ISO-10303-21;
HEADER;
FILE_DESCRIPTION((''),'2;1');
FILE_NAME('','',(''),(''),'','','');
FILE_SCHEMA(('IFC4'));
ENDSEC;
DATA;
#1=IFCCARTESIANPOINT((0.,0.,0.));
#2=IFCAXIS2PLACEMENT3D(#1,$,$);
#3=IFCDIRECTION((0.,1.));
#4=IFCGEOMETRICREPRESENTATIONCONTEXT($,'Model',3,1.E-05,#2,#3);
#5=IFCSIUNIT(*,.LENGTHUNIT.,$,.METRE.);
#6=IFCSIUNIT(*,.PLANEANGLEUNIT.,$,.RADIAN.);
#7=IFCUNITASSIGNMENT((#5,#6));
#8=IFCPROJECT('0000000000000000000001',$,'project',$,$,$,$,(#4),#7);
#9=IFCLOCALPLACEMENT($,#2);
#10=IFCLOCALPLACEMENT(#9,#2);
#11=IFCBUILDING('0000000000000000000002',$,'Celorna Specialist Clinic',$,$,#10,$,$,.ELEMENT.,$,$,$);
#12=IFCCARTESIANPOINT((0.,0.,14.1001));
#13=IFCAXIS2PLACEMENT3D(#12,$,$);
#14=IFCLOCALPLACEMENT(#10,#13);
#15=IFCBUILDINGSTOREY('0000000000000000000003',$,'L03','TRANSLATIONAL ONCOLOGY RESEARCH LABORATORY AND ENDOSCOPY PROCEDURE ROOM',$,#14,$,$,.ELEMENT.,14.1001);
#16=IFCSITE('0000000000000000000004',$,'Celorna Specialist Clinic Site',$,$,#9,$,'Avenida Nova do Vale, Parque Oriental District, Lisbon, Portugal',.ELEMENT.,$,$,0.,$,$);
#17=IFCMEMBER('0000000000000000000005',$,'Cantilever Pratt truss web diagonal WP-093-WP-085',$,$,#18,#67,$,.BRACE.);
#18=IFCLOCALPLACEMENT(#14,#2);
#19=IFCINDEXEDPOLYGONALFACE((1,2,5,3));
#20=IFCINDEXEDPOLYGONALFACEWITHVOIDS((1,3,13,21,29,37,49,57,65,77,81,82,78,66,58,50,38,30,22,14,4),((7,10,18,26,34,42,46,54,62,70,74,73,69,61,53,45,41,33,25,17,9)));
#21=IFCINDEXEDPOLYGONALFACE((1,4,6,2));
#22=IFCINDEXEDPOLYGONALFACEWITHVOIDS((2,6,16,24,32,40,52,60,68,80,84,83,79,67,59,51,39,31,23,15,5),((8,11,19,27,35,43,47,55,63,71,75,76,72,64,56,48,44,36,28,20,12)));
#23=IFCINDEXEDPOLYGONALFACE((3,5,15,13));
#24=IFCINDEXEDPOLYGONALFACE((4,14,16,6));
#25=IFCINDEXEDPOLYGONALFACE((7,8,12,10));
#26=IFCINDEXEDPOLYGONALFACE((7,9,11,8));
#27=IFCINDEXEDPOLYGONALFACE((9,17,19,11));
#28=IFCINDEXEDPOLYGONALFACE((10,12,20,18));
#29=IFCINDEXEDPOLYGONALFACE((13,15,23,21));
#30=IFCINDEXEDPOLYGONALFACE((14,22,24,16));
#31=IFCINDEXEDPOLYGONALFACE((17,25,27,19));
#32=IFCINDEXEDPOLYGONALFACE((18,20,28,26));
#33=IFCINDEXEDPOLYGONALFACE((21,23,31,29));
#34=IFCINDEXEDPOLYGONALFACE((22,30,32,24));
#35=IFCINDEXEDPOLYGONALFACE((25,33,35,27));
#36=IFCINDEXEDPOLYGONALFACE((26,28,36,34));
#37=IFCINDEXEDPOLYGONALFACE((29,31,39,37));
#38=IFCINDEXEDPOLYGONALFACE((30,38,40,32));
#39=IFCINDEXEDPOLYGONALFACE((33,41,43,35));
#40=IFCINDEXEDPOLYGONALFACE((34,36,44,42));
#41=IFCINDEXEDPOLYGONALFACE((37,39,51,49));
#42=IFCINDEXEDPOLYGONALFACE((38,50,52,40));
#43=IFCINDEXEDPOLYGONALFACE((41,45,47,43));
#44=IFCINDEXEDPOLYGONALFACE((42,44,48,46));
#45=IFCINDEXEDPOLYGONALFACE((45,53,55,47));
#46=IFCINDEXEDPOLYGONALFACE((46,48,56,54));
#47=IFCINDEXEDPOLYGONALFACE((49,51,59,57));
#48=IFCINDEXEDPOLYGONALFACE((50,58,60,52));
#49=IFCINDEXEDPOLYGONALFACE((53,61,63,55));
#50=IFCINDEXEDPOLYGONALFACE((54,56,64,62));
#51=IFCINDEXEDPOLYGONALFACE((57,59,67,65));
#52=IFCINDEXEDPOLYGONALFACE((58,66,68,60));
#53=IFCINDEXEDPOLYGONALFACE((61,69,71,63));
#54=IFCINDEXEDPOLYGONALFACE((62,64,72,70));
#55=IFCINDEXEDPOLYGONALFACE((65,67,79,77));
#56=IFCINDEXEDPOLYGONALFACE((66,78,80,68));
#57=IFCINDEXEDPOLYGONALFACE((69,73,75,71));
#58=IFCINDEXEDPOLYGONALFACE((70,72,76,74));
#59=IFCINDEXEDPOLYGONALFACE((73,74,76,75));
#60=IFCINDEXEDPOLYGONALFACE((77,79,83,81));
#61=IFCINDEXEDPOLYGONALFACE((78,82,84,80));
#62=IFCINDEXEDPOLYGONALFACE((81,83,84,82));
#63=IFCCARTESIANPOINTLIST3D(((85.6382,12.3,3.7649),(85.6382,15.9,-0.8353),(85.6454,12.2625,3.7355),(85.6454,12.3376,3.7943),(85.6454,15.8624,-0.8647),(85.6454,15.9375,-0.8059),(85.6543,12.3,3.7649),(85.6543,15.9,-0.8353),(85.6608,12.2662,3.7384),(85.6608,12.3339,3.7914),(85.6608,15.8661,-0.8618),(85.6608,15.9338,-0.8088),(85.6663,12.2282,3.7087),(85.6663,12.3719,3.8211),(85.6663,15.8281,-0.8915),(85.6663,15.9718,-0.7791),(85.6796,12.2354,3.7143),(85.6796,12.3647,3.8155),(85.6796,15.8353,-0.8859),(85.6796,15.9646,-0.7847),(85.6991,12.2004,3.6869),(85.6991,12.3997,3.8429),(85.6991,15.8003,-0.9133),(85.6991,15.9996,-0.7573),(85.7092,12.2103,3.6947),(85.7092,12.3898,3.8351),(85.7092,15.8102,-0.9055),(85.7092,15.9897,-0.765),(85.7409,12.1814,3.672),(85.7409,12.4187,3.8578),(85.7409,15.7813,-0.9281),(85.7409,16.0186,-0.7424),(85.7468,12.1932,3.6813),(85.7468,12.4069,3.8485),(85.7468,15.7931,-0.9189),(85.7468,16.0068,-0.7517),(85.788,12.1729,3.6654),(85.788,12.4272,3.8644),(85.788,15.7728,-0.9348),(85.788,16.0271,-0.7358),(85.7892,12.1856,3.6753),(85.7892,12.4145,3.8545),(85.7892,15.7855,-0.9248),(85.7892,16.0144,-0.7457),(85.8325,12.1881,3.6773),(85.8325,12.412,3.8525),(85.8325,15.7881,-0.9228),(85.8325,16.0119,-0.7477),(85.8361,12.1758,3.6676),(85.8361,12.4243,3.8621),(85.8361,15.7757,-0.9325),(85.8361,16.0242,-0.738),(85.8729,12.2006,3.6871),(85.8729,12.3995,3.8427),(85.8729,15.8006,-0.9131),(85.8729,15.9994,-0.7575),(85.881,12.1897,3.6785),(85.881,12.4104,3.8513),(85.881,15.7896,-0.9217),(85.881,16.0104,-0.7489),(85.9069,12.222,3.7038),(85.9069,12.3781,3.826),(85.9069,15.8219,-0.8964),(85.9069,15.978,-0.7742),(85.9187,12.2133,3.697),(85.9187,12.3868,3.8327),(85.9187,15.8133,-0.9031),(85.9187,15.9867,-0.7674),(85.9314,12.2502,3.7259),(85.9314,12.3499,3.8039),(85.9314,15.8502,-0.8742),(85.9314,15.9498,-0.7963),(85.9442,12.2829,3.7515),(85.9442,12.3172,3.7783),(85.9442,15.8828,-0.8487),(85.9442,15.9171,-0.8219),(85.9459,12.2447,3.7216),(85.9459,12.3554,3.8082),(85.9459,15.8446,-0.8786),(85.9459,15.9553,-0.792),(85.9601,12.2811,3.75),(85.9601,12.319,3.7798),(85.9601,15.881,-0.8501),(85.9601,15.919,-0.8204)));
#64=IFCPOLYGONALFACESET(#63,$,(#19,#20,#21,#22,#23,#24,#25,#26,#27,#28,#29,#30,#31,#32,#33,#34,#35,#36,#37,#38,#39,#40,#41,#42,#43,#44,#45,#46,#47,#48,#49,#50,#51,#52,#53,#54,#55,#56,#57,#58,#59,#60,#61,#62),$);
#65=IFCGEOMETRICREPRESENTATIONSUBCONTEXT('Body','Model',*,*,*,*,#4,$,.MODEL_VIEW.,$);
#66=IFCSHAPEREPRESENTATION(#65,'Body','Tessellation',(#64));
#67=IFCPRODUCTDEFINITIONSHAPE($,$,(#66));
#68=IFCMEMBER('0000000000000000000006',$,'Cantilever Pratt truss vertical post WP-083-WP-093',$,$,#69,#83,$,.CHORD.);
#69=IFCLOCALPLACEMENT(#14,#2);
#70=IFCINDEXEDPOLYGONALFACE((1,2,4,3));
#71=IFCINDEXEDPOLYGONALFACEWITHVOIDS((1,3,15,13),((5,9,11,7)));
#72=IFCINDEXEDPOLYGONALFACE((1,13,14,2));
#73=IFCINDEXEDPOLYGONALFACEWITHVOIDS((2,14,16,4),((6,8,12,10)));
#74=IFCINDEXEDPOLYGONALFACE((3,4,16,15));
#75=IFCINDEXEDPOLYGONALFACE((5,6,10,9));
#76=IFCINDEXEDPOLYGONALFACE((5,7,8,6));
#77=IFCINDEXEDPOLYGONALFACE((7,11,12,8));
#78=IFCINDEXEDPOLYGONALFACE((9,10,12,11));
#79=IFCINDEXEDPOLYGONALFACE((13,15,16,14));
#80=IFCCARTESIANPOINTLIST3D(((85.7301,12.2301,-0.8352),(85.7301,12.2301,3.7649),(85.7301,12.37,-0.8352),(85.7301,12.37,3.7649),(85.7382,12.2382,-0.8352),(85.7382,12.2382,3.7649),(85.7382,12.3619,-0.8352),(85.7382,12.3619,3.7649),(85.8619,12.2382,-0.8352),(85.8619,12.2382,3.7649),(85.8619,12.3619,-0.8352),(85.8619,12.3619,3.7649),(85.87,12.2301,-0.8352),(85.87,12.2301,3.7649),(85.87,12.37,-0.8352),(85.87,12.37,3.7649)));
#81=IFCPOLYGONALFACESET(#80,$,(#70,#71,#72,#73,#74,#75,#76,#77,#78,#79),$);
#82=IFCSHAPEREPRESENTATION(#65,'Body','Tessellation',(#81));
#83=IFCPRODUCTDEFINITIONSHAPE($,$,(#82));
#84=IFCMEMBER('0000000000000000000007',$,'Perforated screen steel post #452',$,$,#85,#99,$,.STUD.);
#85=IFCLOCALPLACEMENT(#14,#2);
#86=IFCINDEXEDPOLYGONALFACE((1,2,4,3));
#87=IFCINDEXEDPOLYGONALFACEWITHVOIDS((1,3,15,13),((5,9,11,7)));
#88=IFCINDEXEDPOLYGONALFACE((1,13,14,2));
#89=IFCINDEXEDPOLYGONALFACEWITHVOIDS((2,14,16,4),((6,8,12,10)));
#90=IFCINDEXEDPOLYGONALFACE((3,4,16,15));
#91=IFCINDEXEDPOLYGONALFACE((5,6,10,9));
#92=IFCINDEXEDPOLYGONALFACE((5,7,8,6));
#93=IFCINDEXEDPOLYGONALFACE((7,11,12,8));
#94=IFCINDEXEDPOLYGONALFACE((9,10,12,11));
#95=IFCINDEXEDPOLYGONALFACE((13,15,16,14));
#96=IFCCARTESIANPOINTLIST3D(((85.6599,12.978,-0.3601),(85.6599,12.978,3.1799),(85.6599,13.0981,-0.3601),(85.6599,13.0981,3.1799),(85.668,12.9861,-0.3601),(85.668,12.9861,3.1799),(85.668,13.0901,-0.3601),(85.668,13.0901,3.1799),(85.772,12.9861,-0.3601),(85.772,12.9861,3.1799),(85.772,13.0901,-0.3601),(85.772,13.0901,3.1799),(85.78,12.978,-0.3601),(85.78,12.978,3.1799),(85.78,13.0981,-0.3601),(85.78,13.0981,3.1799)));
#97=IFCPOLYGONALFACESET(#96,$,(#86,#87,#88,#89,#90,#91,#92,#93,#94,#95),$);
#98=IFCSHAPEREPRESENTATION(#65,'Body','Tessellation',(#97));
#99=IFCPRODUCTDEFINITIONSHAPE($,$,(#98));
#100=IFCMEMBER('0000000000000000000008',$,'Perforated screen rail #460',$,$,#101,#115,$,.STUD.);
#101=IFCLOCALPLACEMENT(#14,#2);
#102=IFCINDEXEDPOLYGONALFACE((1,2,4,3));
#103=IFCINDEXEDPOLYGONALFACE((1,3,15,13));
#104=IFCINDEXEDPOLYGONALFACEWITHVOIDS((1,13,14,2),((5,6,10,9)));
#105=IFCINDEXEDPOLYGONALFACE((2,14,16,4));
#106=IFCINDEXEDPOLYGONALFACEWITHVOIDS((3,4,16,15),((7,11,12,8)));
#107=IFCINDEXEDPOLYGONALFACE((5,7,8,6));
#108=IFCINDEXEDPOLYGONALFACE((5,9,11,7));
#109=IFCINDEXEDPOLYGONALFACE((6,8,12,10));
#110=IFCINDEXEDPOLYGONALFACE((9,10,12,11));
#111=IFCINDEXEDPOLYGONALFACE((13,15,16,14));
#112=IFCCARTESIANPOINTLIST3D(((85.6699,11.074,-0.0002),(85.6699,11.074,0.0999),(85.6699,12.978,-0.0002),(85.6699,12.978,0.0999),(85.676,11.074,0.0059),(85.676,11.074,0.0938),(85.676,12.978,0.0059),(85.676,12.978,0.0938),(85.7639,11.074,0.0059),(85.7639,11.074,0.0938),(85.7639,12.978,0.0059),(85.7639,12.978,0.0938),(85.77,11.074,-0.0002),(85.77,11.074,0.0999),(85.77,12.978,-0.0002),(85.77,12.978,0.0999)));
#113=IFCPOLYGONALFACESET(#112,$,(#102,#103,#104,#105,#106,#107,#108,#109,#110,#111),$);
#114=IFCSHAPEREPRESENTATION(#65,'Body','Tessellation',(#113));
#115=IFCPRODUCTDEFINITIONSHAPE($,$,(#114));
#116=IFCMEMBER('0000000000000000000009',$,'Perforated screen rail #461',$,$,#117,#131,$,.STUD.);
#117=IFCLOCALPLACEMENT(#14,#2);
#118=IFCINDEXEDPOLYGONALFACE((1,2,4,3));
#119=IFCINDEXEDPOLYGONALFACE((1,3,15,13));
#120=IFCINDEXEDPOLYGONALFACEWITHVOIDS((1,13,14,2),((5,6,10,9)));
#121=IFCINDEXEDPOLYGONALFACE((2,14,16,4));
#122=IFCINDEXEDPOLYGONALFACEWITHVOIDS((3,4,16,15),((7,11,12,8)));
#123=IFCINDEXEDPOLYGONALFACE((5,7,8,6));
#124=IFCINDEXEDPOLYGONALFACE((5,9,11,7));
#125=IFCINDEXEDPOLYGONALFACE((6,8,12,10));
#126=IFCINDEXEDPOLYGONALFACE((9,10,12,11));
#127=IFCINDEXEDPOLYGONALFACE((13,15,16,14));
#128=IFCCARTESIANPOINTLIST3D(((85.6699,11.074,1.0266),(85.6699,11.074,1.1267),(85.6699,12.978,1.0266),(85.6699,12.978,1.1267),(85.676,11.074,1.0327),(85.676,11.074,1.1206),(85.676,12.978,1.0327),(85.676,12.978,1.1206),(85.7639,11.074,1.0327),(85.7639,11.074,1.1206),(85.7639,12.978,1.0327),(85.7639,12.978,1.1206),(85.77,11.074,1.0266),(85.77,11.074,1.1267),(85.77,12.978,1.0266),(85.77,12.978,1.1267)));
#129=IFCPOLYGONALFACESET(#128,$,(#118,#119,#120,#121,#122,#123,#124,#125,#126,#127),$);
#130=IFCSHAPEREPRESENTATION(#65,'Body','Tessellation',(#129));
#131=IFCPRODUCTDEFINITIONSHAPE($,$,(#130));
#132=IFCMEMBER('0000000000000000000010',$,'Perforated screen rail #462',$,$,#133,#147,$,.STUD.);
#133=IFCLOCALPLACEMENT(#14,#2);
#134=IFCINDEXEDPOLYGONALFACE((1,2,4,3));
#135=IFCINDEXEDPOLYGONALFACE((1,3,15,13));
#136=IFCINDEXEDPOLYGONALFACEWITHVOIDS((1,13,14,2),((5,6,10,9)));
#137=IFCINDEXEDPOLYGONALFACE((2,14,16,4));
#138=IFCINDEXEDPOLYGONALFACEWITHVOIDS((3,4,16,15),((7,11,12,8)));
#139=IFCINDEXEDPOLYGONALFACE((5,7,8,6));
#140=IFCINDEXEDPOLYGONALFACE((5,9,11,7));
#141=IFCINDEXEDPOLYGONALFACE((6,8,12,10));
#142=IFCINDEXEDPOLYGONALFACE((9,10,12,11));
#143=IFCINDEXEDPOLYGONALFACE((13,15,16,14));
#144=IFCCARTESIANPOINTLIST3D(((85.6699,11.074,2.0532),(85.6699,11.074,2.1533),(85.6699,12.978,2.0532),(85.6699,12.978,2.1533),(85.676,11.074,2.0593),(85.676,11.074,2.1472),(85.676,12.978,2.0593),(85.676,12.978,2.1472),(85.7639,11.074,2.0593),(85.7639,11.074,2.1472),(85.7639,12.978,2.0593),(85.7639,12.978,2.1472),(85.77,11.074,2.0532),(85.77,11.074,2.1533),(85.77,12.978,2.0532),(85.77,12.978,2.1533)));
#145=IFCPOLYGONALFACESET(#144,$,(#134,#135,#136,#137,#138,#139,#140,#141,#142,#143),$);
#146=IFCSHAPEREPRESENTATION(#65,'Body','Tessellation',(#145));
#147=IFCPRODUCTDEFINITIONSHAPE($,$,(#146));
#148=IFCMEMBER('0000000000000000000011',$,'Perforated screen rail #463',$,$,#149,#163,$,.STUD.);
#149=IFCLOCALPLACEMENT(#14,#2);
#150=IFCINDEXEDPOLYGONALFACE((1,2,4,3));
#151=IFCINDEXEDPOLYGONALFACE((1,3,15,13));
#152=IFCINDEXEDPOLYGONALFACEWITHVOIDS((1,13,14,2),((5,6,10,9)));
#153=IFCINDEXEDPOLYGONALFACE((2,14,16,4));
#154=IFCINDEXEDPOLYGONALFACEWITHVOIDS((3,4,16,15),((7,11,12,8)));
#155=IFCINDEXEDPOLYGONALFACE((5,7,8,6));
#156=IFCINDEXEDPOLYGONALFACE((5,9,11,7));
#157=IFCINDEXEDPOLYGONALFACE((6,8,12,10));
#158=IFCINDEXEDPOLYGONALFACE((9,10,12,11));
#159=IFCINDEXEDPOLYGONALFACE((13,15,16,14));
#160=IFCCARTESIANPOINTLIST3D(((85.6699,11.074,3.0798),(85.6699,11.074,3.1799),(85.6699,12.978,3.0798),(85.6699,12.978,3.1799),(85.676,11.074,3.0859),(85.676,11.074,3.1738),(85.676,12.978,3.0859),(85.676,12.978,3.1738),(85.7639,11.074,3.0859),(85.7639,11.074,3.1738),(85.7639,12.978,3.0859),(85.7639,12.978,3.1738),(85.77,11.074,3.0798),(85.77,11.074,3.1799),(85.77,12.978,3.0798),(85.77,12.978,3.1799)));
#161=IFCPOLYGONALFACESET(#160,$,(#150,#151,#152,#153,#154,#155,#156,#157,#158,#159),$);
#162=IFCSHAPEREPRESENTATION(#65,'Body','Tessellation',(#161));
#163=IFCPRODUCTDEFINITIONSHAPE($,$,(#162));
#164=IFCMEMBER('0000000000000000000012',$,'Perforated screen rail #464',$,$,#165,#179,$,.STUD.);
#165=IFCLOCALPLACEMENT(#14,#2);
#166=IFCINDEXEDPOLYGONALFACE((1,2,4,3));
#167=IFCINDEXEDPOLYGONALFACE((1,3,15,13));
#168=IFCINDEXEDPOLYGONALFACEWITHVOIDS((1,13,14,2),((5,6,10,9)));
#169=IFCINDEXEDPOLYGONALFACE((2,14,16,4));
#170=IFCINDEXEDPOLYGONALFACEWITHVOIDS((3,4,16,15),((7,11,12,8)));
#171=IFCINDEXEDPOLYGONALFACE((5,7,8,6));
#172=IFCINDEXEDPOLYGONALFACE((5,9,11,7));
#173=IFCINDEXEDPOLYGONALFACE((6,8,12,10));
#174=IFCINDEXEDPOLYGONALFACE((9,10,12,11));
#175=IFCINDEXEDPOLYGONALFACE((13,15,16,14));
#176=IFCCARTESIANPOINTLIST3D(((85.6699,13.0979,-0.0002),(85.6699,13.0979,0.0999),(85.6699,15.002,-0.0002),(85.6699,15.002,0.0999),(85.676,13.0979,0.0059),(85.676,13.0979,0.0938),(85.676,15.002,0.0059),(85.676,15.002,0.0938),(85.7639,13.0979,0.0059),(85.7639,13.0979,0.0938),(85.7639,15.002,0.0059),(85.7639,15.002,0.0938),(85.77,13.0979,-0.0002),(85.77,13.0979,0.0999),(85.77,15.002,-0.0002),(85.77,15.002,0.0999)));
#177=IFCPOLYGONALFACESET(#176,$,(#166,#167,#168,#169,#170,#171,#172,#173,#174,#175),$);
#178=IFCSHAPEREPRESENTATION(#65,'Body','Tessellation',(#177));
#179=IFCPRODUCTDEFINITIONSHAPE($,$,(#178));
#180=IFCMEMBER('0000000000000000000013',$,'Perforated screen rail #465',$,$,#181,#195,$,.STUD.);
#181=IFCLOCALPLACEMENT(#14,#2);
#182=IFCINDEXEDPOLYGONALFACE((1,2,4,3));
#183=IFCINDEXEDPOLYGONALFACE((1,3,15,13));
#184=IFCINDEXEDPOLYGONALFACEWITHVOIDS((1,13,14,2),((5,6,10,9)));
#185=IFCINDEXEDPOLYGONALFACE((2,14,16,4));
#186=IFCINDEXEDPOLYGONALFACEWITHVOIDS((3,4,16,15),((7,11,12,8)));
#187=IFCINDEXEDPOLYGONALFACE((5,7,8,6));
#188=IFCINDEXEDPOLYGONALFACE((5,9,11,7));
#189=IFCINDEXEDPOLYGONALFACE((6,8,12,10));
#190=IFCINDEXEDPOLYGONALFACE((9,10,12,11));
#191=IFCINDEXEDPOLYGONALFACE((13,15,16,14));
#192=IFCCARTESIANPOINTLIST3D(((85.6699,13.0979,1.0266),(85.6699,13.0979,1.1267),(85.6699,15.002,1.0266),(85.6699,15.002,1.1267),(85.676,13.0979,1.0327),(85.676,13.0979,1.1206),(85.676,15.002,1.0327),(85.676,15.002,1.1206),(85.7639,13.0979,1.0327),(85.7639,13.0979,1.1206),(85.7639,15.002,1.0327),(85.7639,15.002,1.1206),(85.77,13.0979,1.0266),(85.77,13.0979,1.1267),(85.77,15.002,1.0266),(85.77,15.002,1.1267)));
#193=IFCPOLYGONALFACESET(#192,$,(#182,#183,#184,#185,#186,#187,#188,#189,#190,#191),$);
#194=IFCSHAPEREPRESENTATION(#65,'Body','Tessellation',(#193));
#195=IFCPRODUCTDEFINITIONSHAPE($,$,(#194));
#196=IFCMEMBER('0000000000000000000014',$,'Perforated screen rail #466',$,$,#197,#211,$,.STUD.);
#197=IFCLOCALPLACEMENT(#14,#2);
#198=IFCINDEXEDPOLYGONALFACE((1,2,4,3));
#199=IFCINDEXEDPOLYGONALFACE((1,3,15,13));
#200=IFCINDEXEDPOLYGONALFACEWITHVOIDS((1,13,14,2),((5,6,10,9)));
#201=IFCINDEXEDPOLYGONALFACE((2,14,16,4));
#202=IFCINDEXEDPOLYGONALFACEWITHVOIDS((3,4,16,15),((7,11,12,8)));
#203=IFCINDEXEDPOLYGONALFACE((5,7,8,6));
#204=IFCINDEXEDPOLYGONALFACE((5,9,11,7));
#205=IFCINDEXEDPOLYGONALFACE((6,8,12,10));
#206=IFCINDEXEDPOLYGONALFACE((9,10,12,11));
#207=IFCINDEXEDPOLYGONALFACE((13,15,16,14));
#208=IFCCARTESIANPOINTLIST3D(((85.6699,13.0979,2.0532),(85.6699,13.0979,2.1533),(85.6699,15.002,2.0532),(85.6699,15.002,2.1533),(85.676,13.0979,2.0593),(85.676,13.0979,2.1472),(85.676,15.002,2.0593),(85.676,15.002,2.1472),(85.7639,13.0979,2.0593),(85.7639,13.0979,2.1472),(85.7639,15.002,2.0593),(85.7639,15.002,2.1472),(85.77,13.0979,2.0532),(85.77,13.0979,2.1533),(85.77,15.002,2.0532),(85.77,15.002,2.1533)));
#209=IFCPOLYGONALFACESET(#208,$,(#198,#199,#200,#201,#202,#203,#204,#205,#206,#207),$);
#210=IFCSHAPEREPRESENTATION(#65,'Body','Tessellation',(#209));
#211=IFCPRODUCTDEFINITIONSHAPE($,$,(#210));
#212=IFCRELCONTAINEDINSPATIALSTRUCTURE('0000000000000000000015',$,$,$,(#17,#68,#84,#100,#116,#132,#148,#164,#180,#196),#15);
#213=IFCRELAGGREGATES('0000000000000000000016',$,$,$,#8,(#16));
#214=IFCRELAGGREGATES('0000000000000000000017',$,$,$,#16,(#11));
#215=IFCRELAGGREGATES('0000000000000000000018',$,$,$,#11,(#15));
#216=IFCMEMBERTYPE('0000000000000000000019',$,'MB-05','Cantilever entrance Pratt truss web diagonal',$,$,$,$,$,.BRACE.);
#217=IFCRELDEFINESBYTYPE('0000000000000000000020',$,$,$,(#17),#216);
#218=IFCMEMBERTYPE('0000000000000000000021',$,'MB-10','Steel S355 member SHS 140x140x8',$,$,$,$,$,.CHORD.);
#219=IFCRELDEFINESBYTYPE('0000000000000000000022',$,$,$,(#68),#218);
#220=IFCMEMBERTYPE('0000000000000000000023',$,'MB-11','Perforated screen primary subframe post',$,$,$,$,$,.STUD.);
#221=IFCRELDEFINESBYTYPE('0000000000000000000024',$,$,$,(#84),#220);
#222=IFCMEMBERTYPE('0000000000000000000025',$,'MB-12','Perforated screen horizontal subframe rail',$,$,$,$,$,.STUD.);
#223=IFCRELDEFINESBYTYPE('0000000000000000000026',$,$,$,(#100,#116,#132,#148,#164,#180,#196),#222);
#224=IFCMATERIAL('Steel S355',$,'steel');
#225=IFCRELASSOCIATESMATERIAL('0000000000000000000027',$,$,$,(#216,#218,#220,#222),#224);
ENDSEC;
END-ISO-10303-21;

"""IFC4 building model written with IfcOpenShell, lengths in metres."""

from ifc_helpers import new_model, si_unit, direction, frame, origin, origin_2d, place, context, subcontext, project, spatial, hollow_rectangle, hollow_circle, extrude, material, material_profile, profile_set, type_object, element, save


model = new_model("IFC4")

# Units and contexts
model_context = context("Model", 3, precision=1e-05, world=origin(), true_north=direction((0.0, 1.0)))
body_context = subcontext(model_context, "Body", "Model", "MODEL_VIEW")
ifc_project = project(units=[si_unit("LENGTHUNIT", "METRE"), si_unit("PLANEANGLEUNIT", "RADIAN")], contexts=[model_context])

# Site, building, storey
site_placement = place(None, origin())
site = spatial("IfcSite", under=ifc_project, at=site_placement, Name="Celorna Specialist Clinic Site", LongName="Avenida Nova do Vale, Parque Oriental District, Lisbon, Portugal", CompositionType="ELEMENT", RefElevation=0.0)
building_placement = place(site_placement, origin())
building = spatial("IfcBuilding", under=site, at=building_placement, Name="Celorna Specialist Clinic", CompositionType="ELEMENT")
storey_placement = place(building_placement, frame((0.0, 0.0, 14.1001)))
storey = spatial("IfcBuildingStorey", under=building, at=storey_placement, Name="L03", Description="TRANSLATIONAL ONCOLOGY RESEARCH LABORATORY AND ENDOSCOPY PROCEDURE ROOM", CompositionType="ELEMENT", Elevation=14.1001)

# Members
ifc_material_1 = material(Name="Steel S355", Category="steel")
ifc_material_profile_1 = material_profile(ifc_material_1, hollow_circle(Radius=0.1619, WallThickness=0.0161, at=origin_2d()), Name="CHS 323.9x16")
ifc_profile_set_1 = profile_set([ifc_material_profile_1], Name="Steel S355")
member_type_1 = type_object("IfcMemberType", Name="MB-05", Description="Cantilever entrance Pratt truss web diagonal", PredefinedType="BRACE", material=ifc_profile_set_1)
member_1_placement = place(storey_placement, frame((85.8, 12.3, 3.7649), z_axis=(0.0, 0.616285, -0.787524), x_axis=(-1.0, 0.0, 0.0)))
element("IfcMember", 1, at=member_1_placement, inside=storey, type_object=member_type_1, Name="Cantilever Pratt truss web diagonal WP-093-WP-085", PredefinedType="BRACE", context=body_context, shape_type="SweptSolid", body=[
    extrude(hollow_circle(Radius=0.1619, WallThickness=0.0161, at=origin_2d()), origin(), (0.0, 0.0, 1.0), 5.8413),
])
ifc_material_profile_2 = material_profile(ifc_material_1, hollow_rectangle(XDim=0.1399, YDim=0.1399, WallThickness=0.0081, at=origin_2d()), Name="SHS 140x140x8")
ifc_profile_set_2 = profile_set([ifc_material_profile_2], Name="Steel S355")
member_type_2 = type_object("IfcMemberType", Name="MB-10", Description="Steel S355 member SHS 140x140x8", PredefinedType="CHORD", material=ifc_profile_set_2)
member_2_placement = place(storey_placement, frame((85.8, 12.3, -0.8352), z_axis=(0.0, 0.0, 1.0), x_axis=(1.0, 0.0, 0.0)))
element("IfcMember", 2, at=member_2_placement, inside=storey, type_object=member_type_2, Name="Cantilever Pratt truss vertical post WP-083-WP-093", PredefinedType="CHORD", context=body_context, shape_type="SweptSolid", body=[
    extrude(hollow_rectangle(XDim=0.1399, YDim=0.1399, WallThickness=0.0081, at=origin_2d()), origin(), (0.0, 0.0, 1.0), 4.6001),
])
ifc_material_profile_3 = material_profile(ifc_material_1, hollow_rectangle(XDim=0.1201, YDim=0.1201, WallThickness=0.0081, at=origin_2d()), Name="SHS 120x120x8")
ifc_profile_set_3 = profile_set([ifc_material_profile_3], Name="Steel S355")
member_type_3 = type_object("IfcMemberType", Name="MB-11", Description="Perforated screen primary subframe post", PredefinedType="STUD", material=ifc_profile_set_3)
member_3_placement = place(storey_placement, frame((85.72, 13.0381, -0.3601), z_axis=(0.0, 0.0, 1.0), x_axis=(1.0, 0.0, 0.0)))
element("IfcMember", 3, at=member_3_placement, inside=storey, type_object=member_type_3, Name="Perforated screen steel post #452", PredefinedType="STUD", context=body_context, shape_type="SweptSolid", body=[
    extrude(hollow_rectangle(XDim=0.1201, YDim=0.1201, WallThickness=0.0081, at=origin_2d()), origin(), (0.0, 0.0, 1.0), 3.54),
])
ifc_material_profile_4 = material_profile(ifc_material_1, hollow_rectangle(XDim=0.1001, YDim=0.1001, WallThickness=0.0061, at=origin_2d()), Name="SHS 100x100x6")
ifc_profile_set_4 = profile_set([ifc_material_profile_4], Name="Steel S355")
member_type_4 = type_object("IfcMemberType", Name="MB-12", Description="Perforated screen horizontal subframe rail", PredefinedType="STUD", material=ifc_profile_set_4)
for number, where, z_axis, x_axis, name in (
    (4, (85.72, 11.074, 0.0498), (0.0, 1.0, 0.0), (-1.0, 0.0, 0.0), "Perforated screen rail #460"),
    (5, (85.72, 11.074, 1.0767), (0.0, 1.0, 0.0), (-1.0, 0.0, 0.0), "Perforated screen rail #461"),
    (6, (85.72, 11.074, 2.1033), (0.0, 1.0, 0.0), (-1.0, 0.0, 0.0), "Perforated screen rail #462"),
    (7, (85.72, 11.074, 3.1299), (0.0, 1.0, 0.0), (-1.0, 0.0, 0.0), "Perforated screen rail #463"),
    (8, (85.72, 13.0979, 0.0498), (0.0, 1.0, 0.0), (-1.0, 0.0, 0.0), "Perforated screen rail #464"),
    (9, (85.72, 13.0979, 1.0767), (0.0, 1.0, 0.0), (-1.0, 0.0, 0.0), "Perforated screen rail #465"),
    (10, (85.72, 13.0979, 2.1033), (0.0, 1.0, 0.0), (-1.0, 0.0, 0.0), "Perforated screen rail #466"),
):
    element("IfcMember", number, at=place(storey_placement, frame(where, z_axis=z_axis, x_axis=x_axis)), inside=storey, type_object=member_type_4, Name=name, PredefinedType="STUD", context=body_context, shape_type="SweptSolid", body=[
        extrude(hollow_rectangle(XDim=0.1001, YDim=0.1001, WallThickness=0.0061, at=origin_2d()), origin(), (0.0, 0.0, 1.0), 1.9041),
    ])

save(model, "model.ifc")
